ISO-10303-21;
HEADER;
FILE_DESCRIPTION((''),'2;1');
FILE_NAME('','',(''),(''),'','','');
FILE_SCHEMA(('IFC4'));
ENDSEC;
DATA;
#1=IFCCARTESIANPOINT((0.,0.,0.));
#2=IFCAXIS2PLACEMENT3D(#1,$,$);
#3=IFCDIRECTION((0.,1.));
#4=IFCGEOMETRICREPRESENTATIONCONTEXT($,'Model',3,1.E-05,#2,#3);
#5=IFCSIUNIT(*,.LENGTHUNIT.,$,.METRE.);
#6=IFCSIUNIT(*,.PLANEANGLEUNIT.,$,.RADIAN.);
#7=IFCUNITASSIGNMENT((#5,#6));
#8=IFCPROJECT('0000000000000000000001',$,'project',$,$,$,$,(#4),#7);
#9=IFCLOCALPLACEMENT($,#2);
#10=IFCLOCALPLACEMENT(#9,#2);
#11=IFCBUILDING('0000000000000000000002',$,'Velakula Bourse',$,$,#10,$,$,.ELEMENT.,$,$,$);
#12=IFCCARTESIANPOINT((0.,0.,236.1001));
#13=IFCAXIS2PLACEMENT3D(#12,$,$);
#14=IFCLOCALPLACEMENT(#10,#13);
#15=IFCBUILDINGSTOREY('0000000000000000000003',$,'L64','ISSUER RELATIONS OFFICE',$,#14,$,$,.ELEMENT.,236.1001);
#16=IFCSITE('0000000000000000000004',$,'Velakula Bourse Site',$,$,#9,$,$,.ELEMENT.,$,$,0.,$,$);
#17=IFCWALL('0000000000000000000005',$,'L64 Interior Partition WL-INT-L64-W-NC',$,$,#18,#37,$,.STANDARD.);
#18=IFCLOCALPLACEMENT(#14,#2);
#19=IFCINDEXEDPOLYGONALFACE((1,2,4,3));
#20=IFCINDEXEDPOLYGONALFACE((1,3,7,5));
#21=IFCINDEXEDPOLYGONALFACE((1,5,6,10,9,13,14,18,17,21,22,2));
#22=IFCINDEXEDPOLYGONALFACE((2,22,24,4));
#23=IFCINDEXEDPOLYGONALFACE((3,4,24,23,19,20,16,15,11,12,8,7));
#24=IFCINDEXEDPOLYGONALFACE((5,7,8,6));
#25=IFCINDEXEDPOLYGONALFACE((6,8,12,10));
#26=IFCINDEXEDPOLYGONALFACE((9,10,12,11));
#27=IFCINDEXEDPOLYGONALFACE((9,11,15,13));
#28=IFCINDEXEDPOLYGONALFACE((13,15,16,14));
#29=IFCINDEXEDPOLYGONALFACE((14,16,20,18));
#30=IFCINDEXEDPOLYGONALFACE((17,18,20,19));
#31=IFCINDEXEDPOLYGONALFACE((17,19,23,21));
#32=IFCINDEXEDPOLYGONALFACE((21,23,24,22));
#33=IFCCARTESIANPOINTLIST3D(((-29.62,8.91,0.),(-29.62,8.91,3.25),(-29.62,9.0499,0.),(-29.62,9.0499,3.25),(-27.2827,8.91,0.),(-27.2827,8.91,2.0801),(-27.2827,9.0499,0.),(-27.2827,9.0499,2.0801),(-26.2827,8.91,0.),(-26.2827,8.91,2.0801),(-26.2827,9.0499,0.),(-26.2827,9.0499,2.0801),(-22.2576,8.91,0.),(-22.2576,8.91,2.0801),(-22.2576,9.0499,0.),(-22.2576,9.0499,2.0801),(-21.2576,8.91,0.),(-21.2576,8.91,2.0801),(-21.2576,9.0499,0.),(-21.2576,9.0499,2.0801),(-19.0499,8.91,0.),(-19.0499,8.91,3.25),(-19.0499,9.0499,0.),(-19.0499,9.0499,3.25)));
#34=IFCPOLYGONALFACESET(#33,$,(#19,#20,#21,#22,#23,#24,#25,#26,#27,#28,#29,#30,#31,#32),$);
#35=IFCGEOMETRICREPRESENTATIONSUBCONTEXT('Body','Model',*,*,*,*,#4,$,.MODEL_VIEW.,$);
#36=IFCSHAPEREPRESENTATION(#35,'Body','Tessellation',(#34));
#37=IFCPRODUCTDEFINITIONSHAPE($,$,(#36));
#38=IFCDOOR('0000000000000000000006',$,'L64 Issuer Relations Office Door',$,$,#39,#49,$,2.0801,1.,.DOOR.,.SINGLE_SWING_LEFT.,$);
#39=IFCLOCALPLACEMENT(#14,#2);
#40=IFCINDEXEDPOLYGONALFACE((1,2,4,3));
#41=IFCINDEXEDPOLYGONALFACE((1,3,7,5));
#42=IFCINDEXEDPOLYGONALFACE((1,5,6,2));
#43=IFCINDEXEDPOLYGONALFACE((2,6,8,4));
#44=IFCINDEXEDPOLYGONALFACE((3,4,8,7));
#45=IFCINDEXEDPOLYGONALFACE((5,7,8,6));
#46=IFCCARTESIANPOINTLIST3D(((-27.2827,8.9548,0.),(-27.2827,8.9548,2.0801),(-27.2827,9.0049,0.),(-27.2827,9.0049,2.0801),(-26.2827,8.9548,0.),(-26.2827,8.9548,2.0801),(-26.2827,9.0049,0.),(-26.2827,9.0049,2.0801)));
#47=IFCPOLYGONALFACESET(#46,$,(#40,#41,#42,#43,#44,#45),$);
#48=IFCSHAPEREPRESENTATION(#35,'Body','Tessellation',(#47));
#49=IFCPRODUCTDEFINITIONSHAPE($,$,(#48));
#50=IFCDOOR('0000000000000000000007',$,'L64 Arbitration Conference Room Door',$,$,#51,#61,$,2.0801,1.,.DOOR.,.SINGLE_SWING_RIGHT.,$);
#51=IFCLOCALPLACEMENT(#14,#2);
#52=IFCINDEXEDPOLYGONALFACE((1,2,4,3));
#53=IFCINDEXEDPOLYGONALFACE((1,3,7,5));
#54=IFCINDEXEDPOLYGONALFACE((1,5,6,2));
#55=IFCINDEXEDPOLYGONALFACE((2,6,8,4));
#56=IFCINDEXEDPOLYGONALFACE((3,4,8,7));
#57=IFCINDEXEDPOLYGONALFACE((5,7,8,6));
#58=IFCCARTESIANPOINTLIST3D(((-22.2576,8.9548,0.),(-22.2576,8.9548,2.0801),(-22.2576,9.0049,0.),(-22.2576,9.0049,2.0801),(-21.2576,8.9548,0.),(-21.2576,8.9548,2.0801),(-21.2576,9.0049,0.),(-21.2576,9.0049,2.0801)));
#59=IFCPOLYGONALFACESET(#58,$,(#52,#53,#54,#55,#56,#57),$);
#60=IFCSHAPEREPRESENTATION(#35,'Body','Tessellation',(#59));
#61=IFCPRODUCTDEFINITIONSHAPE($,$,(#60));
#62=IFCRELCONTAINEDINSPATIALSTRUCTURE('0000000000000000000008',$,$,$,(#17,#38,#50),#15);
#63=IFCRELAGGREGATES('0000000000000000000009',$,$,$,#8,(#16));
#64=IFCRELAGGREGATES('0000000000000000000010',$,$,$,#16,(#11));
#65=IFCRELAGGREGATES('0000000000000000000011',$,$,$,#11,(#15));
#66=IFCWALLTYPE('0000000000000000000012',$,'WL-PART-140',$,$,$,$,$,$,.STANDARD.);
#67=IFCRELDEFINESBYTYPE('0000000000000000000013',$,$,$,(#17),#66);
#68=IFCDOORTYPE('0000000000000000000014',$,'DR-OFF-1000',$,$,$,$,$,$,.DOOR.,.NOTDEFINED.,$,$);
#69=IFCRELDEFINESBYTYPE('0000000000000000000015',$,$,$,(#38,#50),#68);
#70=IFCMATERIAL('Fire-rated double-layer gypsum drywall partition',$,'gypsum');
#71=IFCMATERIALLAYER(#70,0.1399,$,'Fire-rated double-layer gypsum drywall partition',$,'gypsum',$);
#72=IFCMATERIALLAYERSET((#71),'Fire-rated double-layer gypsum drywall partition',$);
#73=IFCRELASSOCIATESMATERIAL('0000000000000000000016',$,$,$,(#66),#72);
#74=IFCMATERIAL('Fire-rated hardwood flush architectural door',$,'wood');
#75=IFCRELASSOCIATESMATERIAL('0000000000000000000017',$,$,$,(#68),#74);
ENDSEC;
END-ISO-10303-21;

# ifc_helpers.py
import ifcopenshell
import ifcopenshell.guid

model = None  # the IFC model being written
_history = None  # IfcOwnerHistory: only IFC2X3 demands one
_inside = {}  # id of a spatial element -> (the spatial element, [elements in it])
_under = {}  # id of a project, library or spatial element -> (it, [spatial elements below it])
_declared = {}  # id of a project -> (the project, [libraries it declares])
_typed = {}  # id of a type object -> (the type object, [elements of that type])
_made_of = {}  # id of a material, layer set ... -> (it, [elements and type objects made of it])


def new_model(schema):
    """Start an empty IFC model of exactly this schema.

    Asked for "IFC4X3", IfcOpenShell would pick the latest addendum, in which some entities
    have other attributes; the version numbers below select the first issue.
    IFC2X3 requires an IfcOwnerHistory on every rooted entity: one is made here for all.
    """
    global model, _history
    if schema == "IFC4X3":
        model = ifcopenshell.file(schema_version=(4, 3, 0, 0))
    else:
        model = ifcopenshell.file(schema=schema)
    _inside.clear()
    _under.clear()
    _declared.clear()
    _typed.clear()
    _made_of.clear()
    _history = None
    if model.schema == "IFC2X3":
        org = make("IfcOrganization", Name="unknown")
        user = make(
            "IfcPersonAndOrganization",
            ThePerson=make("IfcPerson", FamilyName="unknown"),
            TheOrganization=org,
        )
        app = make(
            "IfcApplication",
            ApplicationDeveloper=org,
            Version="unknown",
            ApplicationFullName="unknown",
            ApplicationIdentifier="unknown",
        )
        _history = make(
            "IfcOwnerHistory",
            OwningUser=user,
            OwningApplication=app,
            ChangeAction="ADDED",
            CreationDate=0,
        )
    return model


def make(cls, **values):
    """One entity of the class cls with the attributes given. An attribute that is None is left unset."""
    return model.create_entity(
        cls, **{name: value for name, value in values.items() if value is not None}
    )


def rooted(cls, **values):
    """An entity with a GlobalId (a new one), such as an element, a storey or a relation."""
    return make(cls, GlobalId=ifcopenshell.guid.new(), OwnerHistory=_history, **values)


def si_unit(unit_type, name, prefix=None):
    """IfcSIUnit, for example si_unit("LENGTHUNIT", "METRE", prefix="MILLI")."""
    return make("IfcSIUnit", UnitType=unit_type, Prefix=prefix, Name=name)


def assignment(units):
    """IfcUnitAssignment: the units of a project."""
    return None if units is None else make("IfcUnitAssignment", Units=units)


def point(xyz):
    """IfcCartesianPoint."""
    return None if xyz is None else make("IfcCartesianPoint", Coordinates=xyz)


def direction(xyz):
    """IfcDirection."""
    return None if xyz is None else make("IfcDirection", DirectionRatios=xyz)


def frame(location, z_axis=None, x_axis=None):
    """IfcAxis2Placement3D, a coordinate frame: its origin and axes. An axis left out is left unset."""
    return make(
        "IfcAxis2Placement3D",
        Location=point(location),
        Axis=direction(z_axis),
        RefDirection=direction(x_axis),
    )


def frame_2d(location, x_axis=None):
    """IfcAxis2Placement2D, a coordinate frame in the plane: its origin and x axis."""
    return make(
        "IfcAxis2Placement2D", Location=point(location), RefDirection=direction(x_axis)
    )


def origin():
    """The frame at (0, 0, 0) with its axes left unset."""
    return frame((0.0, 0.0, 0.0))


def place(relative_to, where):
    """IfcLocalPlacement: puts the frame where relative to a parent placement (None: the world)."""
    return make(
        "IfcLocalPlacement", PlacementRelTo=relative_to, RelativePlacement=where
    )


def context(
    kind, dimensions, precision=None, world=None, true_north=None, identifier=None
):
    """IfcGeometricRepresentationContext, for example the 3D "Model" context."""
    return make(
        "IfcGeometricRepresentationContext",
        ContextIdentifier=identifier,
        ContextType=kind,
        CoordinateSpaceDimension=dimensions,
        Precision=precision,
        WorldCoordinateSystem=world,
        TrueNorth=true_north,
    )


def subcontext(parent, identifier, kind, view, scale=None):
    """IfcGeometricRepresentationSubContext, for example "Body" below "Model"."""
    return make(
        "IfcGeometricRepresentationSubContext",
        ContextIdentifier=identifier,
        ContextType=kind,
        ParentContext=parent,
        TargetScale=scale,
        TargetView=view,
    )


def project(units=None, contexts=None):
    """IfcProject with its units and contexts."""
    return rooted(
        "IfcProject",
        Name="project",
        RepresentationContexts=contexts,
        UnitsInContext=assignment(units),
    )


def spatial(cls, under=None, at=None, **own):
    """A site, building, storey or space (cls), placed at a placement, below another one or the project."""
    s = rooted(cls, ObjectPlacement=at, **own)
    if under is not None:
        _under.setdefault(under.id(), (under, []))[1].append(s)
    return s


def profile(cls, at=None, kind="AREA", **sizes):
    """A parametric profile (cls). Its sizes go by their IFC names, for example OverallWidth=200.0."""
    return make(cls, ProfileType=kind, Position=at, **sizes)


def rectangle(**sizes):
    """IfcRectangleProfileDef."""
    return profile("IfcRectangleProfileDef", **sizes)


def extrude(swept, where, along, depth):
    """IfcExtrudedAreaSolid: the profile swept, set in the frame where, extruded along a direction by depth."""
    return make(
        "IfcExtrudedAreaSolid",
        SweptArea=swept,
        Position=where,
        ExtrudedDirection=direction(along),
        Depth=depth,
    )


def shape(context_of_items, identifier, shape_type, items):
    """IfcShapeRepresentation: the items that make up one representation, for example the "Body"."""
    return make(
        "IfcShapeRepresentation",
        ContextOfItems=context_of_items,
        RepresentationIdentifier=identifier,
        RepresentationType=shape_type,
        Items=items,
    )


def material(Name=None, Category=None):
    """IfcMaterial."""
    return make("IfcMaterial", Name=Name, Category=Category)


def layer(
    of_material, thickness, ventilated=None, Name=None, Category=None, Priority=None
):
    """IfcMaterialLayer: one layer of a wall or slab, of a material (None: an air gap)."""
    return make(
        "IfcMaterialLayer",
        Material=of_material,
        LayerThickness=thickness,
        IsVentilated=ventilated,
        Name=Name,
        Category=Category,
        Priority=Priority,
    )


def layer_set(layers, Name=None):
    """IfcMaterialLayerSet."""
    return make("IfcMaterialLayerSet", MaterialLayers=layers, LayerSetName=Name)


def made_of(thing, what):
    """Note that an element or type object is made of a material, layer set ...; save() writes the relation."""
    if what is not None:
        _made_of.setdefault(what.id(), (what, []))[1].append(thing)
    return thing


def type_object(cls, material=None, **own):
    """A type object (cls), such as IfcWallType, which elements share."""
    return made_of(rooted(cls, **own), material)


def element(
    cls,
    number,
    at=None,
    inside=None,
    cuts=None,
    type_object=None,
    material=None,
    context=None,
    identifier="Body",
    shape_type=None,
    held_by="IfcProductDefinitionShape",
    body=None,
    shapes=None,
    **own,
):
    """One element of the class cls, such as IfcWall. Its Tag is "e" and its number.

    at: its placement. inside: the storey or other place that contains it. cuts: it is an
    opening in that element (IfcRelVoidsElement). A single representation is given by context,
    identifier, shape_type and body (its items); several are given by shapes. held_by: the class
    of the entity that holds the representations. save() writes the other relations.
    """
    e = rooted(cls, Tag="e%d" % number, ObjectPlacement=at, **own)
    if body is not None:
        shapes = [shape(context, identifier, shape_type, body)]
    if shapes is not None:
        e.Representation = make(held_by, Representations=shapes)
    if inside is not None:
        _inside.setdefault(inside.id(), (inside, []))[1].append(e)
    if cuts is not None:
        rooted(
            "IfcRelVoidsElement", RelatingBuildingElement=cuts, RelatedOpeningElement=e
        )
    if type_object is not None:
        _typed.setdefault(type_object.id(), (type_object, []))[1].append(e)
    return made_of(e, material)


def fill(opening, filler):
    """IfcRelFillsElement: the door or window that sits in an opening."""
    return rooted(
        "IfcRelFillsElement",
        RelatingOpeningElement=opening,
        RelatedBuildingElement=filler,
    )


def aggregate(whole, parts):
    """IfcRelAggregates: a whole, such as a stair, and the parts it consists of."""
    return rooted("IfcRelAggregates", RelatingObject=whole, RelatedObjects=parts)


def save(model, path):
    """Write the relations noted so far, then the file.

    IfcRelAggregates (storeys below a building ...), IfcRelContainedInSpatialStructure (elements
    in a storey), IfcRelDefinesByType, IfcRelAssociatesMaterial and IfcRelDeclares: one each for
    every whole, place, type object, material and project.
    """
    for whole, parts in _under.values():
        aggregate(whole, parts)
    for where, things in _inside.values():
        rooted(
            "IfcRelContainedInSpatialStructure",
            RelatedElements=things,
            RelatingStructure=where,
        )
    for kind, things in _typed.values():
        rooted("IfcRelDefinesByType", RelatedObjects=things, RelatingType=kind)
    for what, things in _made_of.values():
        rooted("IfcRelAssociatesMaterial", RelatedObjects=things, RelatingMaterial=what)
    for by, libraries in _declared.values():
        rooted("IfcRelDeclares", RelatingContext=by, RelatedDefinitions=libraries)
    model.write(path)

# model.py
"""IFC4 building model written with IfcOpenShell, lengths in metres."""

from ifc_helpers import new_model, si_unit, direction, frame, frame_2d, origin, place, context, subcontext, project, spatial, rectangle, extrude, material, layer, layer_set, type_object, element, fill, save


model = new_model("IFC4")

# Units and contexts
model_context = context("Model", 3, precision=1e-05, world=origin(), true_north=direction((0.0, 1.0)))
body_context = subcontext(model_context, "Body", "Model", "MODEL_VIEW")
ifc_project = project(units=[si_unit("LENGTHUNIT", "METRE"), si_unit("PLANEANGLEUNIT", "RADIAN")], contexts=[model_context])

# Site, building, storey
site_placement = place(None, origin())
site = spatial("IfcSite", under=ifc_project, at=site_placement, Name="Velakula Bourse Site", CompositionType="ELEMENT", RefElevation=0.0)
building_placement = place(site_placement, origin())
building = spatial("IfcBuilding", under=site, at=building_placement, Name="Velakula Bourse", CompositionType="ELEMENT")
storey_placement = place(building_placement, frame((0.0, 0.0, 236.1001)))
storey = spatial("IfcBuildingStorey", under=building, at=storey_placement, Name="L64", Description="ISSUER RELATIONS OFFICE", CompositionType="ELEMENT", Elevation=236.1001)

# Wall, openings, doors
ifc_material_1 = material(Name="Fire-rated double-layer gypsum drywall partition", Category="gypsum")
ifc_layer_1 = layer(ifc_material_1, 0.1399, Name="Fire-rated double-layer gypsum drywall partition", Category="gypsum")
ifc_layer_set_1 = layer_set([ifc_layer_1], Name="Fire-rated double-layer gypsum drywall partition")
wall_type_1 = type_object("IfcWallType", Name="WL-PART-140", PredefinedType="STANDARD", material=ifc_layer_set_1)
ifc_material_2 = material(Name="Fire-rated hardwood flush architectural door", Category="wood")
door_type = type_object("IfcDoorType", Name="DR-OFF-1000", OperationType="NOTDEFINED", PredefinedType="DOOR", material=ifc_material_2)
wall_1_placement = place(storey_placement, frame((-29.6201, 8.98, 0.0), z_axis=(0.0, 0.0, 1.0), x_axis=(1.0, 0.0, 0.0)))
wall_1 = element("IfcWall", 1, at=wall_1_placement, inside=storey, type_object=wall_type_1, Name="L64 Interior Partition WL-INT-L64-W-NC", PredefinedType="STANDARD", context=body_context, shape_type="SweptSolid", body=[
    extrude(rectangle(XDim=10.5701, YDim=0.1399, at=frame_2d((5.2852, 0.0))), origin(), (0.0, 0.0, 1.0), 3.25),
])
opening_1_placement = place(wall_1_placement, frame((2.3374, 0.0, 0.0)))
opening_1 = element("IfcOpeningElement", 2, at=opening_1_placement, cuts=wall_1, PredefinedType="OPENING", context=body_context, shape_type="SweptSolid", body=[
    extrude(rectangle(XDim=1.0, YDim=2.0801, at=frame_2d((0.5, 1.04))), frame((0.0, 0.0798, 0.0), z_axis=(0.0, -1.0, 0.0), x_axis=(1.0, 0.0, 0.0)), (0.0, 0.0, 1.0), 0.1599),
])
opening_2_placement = place(wall_1_placement, frame((7.3625, 0.0, 0.0)))
opening_2 = element("IfcOpeningElement", 3, at=opening_2_placement, cuts=wall_1, PredefinedType="OPENING", context=body_context, shape_type="SweptSolid", body=[
    extrude(rectangle(XDim=1.0, YDim=2.0801, at=frame_2d((0.5, 1.04))), frame((0.0, 0.0798, 0.0), z_axis=(0.0, -1.0, 0.0), x_axis=(1.0, 0.0, 0.0)), (0.0, 0.0, 1.0), 0.1599),
])
door_1_placement = place(opening_1_placement, origin())
door_1 = element("IfcDoor", 4, at=door_1_placement, inside=storey, type_object=door_type, Name="L64 Issuer Relations Office Door", OperationType="SINGLE_SWING_LEFT", OverallHeight=2.0801, OverallWidth=1.0, PredefinedType="DOOR", context=body_context, shape_type="SweptSolid", body=[
    extrude(rectangle(XDim=1.0, YDim=2.0801, at=frame_2d((0.5, 1.04))), frame((0.0, 0.0249, 0.0), z_axis=(0.0, -1.0, 0.0), x_axis=(1.0, 0.0, 0.0)), (0.0, 0.0, 1.0), 0.05),
])
fill(opening_1, door_1)
door_2_placement = place(opening_2_placement, origin())
door_2 = element("IfcDoor", 5, at=door_2_placement, inside=storey, type_object=door_type, Name="L64 Arbitration Conference Room Door", OperationType="SINGLE_SWING_RIGHT", OverallHeight=2.0801, OverallWidth=1.0, PredefinedType="DOOR", context=body_context, shape_type="SweptSolid", body=[
    extrude(rectangle(XDim=1.0, YDim=2.0801, at=frame_2d((0.5, 1.04))), frame((0.0, 0.0249, 0.0), z_axis=(0.0, -1.0, 0.0), x_axis=(1.0, 0.0, 0.0)), (0.0, 0.0, 1.0), 0.05),
])
fill(opening_2, door_2)

save(model, "model.ifc")
